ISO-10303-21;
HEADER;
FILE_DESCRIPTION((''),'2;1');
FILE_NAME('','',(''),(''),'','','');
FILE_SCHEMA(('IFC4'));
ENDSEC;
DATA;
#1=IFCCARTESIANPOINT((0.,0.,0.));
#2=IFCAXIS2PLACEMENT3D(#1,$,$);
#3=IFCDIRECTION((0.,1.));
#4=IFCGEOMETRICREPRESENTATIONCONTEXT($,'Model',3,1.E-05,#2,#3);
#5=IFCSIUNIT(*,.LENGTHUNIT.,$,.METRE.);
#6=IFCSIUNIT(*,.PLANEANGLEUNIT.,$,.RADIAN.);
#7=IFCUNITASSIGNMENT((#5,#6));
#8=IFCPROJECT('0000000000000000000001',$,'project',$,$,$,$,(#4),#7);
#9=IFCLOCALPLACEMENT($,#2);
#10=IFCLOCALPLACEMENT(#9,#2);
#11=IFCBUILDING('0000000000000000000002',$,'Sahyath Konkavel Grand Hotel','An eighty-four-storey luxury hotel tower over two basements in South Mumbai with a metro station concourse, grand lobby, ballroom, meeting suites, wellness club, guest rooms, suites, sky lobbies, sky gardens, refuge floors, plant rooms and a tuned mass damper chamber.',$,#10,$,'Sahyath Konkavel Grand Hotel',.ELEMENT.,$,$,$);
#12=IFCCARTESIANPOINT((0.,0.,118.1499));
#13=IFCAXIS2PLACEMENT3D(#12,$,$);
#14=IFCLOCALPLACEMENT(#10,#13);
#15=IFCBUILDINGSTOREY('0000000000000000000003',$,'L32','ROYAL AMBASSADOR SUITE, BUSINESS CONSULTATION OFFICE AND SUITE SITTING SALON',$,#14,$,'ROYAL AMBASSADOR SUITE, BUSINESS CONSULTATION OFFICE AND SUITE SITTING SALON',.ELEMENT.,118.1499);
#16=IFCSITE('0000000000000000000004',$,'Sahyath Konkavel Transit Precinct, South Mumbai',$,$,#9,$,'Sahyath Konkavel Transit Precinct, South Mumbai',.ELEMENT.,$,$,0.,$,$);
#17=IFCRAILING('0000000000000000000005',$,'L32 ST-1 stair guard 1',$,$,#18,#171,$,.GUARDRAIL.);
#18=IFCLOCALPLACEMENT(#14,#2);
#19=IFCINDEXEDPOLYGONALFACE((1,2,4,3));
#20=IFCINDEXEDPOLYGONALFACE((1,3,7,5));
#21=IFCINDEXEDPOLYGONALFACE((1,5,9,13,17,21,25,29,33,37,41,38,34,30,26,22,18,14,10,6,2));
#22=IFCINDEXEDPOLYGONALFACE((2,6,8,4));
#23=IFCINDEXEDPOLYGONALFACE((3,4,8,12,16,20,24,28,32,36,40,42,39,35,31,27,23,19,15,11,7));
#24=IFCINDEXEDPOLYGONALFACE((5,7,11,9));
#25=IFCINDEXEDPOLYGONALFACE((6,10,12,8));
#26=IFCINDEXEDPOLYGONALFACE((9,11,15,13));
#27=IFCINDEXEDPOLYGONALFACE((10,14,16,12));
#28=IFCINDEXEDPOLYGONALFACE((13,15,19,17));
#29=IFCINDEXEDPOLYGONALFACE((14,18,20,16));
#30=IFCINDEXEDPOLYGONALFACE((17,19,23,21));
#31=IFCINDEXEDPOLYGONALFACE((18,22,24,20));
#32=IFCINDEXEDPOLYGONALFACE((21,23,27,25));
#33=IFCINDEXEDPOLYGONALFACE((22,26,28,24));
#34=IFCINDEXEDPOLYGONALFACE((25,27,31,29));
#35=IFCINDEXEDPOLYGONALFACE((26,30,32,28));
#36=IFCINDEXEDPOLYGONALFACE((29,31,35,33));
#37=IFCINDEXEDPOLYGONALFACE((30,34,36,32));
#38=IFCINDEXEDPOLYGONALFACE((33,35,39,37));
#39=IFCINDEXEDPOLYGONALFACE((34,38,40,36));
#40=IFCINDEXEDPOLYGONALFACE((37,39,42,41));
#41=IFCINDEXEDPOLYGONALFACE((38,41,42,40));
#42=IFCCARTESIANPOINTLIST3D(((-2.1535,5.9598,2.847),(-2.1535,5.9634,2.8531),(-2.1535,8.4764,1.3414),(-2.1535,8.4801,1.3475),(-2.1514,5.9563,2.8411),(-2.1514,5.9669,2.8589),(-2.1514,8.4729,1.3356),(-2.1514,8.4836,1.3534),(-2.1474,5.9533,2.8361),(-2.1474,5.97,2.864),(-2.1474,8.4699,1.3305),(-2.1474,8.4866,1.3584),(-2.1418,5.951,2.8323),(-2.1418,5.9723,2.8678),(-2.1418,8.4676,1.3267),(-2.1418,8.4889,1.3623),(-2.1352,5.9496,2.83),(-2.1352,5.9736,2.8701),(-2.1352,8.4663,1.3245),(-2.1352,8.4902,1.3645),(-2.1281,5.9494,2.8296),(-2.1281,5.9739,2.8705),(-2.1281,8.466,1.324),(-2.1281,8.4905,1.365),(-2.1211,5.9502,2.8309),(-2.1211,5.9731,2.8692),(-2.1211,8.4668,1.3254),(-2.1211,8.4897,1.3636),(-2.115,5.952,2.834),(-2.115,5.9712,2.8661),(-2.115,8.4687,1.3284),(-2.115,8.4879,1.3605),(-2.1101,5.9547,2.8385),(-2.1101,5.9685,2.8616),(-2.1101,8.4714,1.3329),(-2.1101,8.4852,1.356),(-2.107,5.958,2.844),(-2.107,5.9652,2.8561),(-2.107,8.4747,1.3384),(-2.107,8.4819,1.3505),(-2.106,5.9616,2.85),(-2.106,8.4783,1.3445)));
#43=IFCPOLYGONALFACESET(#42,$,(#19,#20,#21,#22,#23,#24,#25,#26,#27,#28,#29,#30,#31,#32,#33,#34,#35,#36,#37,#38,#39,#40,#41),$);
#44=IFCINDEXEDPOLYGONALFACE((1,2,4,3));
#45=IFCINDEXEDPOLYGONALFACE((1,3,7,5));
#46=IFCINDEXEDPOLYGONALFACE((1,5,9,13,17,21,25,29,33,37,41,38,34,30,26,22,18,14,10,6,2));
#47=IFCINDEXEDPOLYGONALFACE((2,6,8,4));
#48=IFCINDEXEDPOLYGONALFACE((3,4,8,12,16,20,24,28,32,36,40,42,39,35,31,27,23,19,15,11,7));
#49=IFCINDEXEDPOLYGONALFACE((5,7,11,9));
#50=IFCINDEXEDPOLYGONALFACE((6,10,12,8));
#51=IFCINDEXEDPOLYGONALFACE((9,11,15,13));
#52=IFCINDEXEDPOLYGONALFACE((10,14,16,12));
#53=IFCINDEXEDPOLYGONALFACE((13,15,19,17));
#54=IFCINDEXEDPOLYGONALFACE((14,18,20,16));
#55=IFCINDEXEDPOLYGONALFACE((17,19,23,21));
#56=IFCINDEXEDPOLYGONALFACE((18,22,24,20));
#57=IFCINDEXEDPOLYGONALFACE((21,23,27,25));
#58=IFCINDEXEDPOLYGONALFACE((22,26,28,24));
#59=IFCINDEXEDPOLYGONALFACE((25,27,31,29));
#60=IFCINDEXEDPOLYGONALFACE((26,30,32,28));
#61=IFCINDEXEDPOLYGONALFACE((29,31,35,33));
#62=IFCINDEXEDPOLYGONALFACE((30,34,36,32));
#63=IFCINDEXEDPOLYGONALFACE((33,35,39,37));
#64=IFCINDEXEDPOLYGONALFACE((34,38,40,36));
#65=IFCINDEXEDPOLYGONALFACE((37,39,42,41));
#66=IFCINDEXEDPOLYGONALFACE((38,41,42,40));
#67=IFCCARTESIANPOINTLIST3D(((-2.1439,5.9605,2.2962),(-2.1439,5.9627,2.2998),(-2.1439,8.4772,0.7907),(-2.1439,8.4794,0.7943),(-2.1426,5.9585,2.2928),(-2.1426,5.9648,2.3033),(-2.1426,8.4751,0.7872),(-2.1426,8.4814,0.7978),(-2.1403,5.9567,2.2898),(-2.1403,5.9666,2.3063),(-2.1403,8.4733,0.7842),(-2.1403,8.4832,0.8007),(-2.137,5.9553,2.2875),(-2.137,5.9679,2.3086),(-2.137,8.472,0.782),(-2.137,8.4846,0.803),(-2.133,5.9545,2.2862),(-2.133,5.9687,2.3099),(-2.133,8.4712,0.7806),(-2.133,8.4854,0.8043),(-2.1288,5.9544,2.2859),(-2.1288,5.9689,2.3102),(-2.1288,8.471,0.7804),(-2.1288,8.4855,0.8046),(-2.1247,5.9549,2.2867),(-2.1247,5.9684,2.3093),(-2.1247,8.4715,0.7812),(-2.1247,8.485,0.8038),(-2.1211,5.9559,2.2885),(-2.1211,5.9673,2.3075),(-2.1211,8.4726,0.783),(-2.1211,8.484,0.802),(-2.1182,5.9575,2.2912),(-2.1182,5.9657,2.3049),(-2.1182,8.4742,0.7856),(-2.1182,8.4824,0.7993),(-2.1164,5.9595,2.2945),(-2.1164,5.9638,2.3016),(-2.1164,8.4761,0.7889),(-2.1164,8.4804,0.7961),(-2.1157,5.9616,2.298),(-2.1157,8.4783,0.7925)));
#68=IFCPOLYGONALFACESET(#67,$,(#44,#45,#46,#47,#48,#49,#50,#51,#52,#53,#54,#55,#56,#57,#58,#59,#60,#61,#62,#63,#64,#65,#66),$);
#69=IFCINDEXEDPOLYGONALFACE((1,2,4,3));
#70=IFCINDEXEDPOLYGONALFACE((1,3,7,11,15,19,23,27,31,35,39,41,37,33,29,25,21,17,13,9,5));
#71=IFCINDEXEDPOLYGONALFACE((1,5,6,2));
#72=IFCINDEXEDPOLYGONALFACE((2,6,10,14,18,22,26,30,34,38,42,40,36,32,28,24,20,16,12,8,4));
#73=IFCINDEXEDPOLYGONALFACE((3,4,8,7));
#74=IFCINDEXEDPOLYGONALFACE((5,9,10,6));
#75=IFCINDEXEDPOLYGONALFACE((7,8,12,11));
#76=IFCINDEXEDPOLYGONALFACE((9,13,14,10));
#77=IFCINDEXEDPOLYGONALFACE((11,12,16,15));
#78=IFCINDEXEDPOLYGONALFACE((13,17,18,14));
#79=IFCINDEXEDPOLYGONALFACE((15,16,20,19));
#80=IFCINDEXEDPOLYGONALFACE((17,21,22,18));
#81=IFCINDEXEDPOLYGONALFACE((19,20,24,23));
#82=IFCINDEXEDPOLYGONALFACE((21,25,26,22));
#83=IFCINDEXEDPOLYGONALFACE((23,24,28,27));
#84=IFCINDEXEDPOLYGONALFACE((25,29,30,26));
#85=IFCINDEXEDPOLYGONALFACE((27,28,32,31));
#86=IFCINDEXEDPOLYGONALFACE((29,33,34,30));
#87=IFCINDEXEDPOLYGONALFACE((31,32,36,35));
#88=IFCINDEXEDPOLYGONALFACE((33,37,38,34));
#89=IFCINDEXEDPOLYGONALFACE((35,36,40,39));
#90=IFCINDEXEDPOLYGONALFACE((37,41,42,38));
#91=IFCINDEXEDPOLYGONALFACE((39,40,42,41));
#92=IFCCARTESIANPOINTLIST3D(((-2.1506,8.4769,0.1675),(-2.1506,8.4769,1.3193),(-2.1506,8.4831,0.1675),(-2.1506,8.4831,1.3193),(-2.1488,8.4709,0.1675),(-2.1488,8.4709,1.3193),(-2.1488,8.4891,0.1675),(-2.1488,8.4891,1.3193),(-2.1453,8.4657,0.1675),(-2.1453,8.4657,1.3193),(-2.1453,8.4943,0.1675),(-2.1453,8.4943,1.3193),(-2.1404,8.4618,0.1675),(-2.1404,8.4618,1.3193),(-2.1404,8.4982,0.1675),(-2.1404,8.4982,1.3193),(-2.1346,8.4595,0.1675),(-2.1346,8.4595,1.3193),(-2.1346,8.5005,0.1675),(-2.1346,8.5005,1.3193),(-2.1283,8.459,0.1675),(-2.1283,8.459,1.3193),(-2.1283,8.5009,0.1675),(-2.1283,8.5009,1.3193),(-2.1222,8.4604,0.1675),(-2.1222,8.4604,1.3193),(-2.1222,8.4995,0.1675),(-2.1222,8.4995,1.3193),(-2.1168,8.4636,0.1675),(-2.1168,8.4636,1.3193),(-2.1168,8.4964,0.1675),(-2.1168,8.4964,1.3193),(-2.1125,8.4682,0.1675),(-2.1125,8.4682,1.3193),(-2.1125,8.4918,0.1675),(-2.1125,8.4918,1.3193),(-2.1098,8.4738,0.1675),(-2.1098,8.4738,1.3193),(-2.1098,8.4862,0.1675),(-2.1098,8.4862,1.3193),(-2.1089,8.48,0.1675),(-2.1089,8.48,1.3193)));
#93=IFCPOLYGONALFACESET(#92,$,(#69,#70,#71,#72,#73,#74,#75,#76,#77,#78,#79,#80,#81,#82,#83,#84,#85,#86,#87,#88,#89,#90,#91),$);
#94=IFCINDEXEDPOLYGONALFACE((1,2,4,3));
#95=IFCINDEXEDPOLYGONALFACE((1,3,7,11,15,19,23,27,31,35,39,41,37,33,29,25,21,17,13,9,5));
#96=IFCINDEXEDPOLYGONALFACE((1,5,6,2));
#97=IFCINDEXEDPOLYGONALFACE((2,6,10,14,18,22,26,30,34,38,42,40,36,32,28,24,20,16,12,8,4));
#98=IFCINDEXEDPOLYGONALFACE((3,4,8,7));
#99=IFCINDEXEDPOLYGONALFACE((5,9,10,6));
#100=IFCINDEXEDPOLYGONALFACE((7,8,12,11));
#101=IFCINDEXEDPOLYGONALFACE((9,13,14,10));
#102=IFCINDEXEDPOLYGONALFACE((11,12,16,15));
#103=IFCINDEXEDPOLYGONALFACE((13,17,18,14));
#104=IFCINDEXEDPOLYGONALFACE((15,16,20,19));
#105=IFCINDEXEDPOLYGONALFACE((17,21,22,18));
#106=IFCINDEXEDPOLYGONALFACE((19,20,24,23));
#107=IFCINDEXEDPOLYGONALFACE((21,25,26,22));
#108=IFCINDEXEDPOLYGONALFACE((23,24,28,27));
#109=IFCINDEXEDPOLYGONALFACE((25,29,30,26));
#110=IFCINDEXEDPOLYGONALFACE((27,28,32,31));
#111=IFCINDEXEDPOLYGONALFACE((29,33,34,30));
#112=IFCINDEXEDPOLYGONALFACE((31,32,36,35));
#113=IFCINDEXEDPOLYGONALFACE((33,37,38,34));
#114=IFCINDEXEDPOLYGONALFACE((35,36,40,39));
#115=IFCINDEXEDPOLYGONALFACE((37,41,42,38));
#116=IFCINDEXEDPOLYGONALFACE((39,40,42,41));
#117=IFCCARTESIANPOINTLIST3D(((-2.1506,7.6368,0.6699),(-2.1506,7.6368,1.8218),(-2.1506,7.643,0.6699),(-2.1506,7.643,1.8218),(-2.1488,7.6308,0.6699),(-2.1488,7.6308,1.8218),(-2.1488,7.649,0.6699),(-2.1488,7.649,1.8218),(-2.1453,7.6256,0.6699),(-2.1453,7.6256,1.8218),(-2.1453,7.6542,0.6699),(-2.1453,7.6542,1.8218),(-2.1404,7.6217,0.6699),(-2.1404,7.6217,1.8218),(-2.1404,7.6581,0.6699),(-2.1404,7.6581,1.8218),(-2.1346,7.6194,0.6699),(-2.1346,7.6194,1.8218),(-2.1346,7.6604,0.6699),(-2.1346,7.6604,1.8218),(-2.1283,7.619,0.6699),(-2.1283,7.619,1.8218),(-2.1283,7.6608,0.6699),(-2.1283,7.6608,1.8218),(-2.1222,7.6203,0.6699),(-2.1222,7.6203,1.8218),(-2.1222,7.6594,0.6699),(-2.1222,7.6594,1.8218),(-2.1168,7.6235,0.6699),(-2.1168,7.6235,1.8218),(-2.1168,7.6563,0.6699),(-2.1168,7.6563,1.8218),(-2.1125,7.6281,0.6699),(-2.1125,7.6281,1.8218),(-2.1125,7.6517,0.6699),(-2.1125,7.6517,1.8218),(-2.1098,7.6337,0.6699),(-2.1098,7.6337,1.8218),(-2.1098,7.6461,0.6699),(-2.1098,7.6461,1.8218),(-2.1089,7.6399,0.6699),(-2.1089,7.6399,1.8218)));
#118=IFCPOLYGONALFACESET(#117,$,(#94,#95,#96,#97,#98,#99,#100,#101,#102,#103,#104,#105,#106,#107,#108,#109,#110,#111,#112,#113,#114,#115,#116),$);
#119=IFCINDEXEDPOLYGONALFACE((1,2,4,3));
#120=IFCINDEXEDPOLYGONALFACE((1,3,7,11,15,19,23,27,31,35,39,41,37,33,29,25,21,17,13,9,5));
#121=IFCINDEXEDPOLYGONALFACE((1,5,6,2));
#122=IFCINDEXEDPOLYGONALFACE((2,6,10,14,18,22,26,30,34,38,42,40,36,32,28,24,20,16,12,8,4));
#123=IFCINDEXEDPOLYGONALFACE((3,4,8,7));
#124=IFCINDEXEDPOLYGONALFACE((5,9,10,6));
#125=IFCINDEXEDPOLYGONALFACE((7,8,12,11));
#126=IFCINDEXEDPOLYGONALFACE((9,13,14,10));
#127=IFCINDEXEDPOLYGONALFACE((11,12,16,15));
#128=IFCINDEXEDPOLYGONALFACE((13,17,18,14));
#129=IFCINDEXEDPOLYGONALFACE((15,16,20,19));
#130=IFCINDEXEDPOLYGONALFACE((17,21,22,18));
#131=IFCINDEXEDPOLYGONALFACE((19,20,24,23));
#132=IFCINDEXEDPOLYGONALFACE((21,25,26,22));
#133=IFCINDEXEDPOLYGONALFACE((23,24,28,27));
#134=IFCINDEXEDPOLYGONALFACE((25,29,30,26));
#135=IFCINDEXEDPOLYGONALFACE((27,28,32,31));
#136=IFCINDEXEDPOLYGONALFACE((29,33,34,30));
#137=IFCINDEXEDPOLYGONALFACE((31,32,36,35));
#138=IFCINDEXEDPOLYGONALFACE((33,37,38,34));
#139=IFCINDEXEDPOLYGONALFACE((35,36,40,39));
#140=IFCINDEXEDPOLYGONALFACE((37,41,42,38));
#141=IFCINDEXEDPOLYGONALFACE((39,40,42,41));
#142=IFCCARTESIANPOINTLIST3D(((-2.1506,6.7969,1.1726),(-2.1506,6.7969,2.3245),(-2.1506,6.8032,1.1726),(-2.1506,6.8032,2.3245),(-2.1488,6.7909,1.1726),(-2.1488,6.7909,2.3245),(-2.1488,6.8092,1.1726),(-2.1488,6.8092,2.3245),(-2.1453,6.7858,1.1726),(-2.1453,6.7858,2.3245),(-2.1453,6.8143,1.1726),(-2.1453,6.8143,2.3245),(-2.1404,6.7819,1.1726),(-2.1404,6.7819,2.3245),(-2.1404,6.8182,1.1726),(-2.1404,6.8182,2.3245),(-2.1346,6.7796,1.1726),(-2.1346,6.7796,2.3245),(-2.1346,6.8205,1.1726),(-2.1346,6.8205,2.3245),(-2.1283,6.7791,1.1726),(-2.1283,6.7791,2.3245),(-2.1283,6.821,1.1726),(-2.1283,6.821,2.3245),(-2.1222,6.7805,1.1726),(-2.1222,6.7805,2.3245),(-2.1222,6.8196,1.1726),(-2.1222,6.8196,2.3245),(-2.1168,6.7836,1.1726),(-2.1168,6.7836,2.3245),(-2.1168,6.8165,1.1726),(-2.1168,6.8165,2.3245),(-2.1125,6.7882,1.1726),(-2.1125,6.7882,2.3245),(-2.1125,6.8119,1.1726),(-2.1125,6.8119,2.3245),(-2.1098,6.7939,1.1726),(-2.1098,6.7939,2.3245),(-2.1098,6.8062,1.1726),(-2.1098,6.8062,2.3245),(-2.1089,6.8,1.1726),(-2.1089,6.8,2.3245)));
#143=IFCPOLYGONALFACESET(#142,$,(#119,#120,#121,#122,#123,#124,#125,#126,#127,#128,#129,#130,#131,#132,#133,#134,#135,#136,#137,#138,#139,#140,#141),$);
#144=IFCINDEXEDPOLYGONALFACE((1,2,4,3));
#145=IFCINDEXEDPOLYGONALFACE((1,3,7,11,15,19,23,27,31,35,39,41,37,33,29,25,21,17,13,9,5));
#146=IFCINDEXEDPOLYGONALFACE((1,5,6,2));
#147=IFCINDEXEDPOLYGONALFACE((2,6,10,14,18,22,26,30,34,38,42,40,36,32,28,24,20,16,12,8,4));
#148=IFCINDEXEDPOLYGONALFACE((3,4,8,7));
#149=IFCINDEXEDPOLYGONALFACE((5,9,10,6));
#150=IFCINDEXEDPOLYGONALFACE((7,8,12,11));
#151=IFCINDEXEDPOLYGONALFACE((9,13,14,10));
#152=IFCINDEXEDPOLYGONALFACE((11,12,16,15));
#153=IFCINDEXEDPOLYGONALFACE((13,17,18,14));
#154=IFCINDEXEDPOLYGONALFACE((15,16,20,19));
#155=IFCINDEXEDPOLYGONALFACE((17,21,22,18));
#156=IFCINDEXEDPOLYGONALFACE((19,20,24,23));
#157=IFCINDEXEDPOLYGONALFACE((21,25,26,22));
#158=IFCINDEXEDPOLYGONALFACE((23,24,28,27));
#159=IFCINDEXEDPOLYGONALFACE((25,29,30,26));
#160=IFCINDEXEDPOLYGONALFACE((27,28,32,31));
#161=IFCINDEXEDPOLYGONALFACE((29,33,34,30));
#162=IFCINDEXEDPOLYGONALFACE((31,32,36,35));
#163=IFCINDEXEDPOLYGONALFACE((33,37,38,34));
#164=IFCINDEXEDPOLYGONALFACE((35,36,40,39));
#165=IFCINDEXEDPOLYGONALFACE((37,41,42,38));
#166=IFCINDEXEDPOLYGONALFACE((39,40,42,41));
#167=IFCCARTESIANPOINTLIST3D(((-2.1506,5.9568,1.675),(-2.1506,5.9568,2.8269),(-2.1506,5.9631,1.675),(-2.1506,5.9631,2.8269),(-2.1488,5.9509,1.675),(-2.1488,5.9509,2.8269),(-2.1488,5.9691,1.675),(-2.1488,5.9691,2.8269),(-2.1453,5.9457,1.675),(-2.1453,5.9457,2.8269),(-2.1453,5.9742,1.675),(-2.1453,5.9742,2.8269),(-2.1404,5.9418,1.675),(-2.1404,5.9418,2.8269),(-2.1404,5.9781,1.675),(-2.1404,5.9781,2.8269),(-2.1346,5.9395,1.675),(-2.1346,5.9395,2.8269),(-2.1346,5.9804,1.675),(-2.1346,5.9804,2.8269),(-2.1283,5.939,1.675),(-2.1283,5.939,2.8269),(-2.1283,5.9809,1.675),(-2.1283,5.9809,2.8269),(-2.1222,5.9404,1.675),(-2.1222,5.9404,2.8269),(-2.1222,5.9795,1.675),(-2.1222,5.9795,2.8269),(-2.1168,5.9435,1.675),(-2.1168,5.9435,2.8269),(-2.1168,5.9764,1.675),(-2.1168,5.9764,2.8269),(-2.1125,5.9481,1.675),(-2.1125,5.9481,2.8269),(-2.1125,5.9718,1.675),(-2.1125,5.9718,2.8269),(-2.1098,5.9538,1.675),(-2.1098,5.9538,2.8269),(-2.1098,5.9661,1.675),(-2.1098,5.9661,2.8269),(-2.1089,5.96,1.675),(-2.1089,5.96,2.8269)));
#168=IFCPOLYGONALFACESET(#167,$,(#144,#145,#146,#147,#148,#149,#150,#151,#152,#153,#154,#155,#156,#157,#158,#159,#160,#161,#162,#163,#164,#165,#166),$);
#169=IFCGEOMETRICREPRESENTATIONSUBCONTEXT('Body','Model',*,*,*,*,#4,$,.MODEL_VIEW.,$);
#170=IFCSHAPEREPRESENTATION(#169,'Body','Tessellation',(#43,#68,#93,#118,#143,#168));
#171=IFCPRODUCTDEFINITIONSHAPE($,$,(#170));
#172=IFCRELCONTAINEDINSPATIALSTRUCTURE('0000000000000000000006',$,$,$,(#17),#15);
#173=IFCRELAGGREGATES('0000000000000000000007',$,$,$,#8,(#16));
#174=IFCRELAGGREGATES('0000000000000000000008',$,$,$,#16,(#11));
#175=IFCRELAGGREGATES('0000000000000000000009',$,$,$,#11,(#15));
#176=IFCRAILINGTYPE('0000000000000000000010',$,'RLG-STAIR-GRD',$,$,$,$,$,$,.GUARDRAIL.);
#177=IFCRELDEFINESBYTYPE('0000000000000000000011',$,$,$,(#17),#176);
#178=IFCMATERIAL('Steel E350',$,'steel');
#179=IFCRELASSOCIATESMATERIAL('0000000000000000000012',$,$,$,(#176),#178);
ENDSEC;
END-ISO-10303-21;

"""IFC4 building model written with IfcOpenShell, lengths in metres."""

from ifc_helpers import new_model, si_unit, direction, frame, origin, origin_2d, place, context, subcontext, project, spatial, circle, extrude, material, type_object, element, save


model = new_model("IFC4")

# Units and contexts
model_context = context("Model", 3, precision=1e-05, world=origin(), true_north=direction((0.0, 1.0)))
body_context = subcontext(model_context, "Body", "Model", "MODEL_VIEW")
ifc_project = project(units=[si_unit("LENGTHUNIT", "METRE"), si_unit("PLANEANGLEUNIT", "RADIAN")], contexts=[model_context])

# Site, building, storey
site_placement = place(None, origin())
site = spatial("IfcSite", under=ifc_project, at=site_placement, Name="Sahyath Konkavel Transit Precinct, South Mumbai", LongName="Sahyath Konkavel Transit Precinct, South Mumbai", CompositionType="ELEMENT", RefElevation=0.0)
building_placement = place(site_placement, origin())
building = spatial("IfcBuilding", under=site, at=building_placement, Name="Sahyath Konkavel Grand Hotel", Description="An eighty-four-storey luxury hotel tower over two basements in South Mumbai with a metro station concourse, grand lobby, ballroom, meeting suites, wellness club, guest rooms, suites, sky lobbies, sky gardens, refuge floors, plant rooms and a tuned mass damper chamber.", LongName="Sahyath Konkavel Grand Hotel", CompositionType="ELEMENT")
storey_placement = place(building_placement, frame((0.0, 0.0, 118.1499)))
storey = spatial("IfcBuildingStorey", under=building, at=storey_placement, Name="L32", Description="ROYAL AMBASSADOR SUITE, BUSINESS CONSULTATION OFFICE AND SUITE SITTING SALON", LongName="ROYAL AMBASSADOR SUITE, BUSINESS CONSULTATION OFFICE AND SUITE SITTING SALON", CompositionType="ELEMENT", Elevation=118.1499)

# Shared definitions
ifc_material_1 = material(Name="Steel E350", Category="steel")

# Railing
railing_type_1 = type_object("IfcRailingType", Name="RLG-STAIR-GRD", PredefinedType="GUARDRAIL", material=ifc_material_1)
railing_1_placement = place(storey_placement, frame((-2.1299, 8.48, 0.1675)))
element("IfcRailing", 1, at=railing_1_placement, inside=storey, type_object=railing_type_1, Name="L32 ST-1 stair guard 1", PredefinedType="GUARDRAIL", context=body_context, shape_type="SweptSolid", body=[
    extrude(circle(Radius=0.0239, at=origin_2d()), frame((0.0, -0.0017, 1.177), z_axis=(0.0, -0.85816, 0.513383), x_axis=(1.0, 0.0, 0.0)), (0.0, 0.0, 1.0), 2.9326),
    extrude(circle(Radius=0.0142, at=origin_2d()), frame((0.0, -0.0017, 0.625), z_axis=(0.0, -0.85816, 0.513383), x_axis=(1.0, 0.0, 0.0)), (0.0, 0.0, 1.0), 2.9326),
    extrude(circle(Radius=0.021, at=origin_2d()), origin(), (0.0, 0.0, 1.0), 1.1519),
    extrude(circle(Radius=0.021, at=origin_2d()), frame((0.0, -0.8401, 0.5024)), (0.0, 0.0, 1.0), 1.1519),
    extrude(circle(Radius=0.021, at=origin_2d()), frame((0.0, -1.6799, 1.0051)), (0.0, 0.0, 1.0), 1.1519),
    extrude(circle(Radius=0.021, at=origin_2d()), frame((0.0, -2.52, 1.5076)), (0.0, 0.0, 1.0), 1.1519),
])

save(model, "model.ifc")
